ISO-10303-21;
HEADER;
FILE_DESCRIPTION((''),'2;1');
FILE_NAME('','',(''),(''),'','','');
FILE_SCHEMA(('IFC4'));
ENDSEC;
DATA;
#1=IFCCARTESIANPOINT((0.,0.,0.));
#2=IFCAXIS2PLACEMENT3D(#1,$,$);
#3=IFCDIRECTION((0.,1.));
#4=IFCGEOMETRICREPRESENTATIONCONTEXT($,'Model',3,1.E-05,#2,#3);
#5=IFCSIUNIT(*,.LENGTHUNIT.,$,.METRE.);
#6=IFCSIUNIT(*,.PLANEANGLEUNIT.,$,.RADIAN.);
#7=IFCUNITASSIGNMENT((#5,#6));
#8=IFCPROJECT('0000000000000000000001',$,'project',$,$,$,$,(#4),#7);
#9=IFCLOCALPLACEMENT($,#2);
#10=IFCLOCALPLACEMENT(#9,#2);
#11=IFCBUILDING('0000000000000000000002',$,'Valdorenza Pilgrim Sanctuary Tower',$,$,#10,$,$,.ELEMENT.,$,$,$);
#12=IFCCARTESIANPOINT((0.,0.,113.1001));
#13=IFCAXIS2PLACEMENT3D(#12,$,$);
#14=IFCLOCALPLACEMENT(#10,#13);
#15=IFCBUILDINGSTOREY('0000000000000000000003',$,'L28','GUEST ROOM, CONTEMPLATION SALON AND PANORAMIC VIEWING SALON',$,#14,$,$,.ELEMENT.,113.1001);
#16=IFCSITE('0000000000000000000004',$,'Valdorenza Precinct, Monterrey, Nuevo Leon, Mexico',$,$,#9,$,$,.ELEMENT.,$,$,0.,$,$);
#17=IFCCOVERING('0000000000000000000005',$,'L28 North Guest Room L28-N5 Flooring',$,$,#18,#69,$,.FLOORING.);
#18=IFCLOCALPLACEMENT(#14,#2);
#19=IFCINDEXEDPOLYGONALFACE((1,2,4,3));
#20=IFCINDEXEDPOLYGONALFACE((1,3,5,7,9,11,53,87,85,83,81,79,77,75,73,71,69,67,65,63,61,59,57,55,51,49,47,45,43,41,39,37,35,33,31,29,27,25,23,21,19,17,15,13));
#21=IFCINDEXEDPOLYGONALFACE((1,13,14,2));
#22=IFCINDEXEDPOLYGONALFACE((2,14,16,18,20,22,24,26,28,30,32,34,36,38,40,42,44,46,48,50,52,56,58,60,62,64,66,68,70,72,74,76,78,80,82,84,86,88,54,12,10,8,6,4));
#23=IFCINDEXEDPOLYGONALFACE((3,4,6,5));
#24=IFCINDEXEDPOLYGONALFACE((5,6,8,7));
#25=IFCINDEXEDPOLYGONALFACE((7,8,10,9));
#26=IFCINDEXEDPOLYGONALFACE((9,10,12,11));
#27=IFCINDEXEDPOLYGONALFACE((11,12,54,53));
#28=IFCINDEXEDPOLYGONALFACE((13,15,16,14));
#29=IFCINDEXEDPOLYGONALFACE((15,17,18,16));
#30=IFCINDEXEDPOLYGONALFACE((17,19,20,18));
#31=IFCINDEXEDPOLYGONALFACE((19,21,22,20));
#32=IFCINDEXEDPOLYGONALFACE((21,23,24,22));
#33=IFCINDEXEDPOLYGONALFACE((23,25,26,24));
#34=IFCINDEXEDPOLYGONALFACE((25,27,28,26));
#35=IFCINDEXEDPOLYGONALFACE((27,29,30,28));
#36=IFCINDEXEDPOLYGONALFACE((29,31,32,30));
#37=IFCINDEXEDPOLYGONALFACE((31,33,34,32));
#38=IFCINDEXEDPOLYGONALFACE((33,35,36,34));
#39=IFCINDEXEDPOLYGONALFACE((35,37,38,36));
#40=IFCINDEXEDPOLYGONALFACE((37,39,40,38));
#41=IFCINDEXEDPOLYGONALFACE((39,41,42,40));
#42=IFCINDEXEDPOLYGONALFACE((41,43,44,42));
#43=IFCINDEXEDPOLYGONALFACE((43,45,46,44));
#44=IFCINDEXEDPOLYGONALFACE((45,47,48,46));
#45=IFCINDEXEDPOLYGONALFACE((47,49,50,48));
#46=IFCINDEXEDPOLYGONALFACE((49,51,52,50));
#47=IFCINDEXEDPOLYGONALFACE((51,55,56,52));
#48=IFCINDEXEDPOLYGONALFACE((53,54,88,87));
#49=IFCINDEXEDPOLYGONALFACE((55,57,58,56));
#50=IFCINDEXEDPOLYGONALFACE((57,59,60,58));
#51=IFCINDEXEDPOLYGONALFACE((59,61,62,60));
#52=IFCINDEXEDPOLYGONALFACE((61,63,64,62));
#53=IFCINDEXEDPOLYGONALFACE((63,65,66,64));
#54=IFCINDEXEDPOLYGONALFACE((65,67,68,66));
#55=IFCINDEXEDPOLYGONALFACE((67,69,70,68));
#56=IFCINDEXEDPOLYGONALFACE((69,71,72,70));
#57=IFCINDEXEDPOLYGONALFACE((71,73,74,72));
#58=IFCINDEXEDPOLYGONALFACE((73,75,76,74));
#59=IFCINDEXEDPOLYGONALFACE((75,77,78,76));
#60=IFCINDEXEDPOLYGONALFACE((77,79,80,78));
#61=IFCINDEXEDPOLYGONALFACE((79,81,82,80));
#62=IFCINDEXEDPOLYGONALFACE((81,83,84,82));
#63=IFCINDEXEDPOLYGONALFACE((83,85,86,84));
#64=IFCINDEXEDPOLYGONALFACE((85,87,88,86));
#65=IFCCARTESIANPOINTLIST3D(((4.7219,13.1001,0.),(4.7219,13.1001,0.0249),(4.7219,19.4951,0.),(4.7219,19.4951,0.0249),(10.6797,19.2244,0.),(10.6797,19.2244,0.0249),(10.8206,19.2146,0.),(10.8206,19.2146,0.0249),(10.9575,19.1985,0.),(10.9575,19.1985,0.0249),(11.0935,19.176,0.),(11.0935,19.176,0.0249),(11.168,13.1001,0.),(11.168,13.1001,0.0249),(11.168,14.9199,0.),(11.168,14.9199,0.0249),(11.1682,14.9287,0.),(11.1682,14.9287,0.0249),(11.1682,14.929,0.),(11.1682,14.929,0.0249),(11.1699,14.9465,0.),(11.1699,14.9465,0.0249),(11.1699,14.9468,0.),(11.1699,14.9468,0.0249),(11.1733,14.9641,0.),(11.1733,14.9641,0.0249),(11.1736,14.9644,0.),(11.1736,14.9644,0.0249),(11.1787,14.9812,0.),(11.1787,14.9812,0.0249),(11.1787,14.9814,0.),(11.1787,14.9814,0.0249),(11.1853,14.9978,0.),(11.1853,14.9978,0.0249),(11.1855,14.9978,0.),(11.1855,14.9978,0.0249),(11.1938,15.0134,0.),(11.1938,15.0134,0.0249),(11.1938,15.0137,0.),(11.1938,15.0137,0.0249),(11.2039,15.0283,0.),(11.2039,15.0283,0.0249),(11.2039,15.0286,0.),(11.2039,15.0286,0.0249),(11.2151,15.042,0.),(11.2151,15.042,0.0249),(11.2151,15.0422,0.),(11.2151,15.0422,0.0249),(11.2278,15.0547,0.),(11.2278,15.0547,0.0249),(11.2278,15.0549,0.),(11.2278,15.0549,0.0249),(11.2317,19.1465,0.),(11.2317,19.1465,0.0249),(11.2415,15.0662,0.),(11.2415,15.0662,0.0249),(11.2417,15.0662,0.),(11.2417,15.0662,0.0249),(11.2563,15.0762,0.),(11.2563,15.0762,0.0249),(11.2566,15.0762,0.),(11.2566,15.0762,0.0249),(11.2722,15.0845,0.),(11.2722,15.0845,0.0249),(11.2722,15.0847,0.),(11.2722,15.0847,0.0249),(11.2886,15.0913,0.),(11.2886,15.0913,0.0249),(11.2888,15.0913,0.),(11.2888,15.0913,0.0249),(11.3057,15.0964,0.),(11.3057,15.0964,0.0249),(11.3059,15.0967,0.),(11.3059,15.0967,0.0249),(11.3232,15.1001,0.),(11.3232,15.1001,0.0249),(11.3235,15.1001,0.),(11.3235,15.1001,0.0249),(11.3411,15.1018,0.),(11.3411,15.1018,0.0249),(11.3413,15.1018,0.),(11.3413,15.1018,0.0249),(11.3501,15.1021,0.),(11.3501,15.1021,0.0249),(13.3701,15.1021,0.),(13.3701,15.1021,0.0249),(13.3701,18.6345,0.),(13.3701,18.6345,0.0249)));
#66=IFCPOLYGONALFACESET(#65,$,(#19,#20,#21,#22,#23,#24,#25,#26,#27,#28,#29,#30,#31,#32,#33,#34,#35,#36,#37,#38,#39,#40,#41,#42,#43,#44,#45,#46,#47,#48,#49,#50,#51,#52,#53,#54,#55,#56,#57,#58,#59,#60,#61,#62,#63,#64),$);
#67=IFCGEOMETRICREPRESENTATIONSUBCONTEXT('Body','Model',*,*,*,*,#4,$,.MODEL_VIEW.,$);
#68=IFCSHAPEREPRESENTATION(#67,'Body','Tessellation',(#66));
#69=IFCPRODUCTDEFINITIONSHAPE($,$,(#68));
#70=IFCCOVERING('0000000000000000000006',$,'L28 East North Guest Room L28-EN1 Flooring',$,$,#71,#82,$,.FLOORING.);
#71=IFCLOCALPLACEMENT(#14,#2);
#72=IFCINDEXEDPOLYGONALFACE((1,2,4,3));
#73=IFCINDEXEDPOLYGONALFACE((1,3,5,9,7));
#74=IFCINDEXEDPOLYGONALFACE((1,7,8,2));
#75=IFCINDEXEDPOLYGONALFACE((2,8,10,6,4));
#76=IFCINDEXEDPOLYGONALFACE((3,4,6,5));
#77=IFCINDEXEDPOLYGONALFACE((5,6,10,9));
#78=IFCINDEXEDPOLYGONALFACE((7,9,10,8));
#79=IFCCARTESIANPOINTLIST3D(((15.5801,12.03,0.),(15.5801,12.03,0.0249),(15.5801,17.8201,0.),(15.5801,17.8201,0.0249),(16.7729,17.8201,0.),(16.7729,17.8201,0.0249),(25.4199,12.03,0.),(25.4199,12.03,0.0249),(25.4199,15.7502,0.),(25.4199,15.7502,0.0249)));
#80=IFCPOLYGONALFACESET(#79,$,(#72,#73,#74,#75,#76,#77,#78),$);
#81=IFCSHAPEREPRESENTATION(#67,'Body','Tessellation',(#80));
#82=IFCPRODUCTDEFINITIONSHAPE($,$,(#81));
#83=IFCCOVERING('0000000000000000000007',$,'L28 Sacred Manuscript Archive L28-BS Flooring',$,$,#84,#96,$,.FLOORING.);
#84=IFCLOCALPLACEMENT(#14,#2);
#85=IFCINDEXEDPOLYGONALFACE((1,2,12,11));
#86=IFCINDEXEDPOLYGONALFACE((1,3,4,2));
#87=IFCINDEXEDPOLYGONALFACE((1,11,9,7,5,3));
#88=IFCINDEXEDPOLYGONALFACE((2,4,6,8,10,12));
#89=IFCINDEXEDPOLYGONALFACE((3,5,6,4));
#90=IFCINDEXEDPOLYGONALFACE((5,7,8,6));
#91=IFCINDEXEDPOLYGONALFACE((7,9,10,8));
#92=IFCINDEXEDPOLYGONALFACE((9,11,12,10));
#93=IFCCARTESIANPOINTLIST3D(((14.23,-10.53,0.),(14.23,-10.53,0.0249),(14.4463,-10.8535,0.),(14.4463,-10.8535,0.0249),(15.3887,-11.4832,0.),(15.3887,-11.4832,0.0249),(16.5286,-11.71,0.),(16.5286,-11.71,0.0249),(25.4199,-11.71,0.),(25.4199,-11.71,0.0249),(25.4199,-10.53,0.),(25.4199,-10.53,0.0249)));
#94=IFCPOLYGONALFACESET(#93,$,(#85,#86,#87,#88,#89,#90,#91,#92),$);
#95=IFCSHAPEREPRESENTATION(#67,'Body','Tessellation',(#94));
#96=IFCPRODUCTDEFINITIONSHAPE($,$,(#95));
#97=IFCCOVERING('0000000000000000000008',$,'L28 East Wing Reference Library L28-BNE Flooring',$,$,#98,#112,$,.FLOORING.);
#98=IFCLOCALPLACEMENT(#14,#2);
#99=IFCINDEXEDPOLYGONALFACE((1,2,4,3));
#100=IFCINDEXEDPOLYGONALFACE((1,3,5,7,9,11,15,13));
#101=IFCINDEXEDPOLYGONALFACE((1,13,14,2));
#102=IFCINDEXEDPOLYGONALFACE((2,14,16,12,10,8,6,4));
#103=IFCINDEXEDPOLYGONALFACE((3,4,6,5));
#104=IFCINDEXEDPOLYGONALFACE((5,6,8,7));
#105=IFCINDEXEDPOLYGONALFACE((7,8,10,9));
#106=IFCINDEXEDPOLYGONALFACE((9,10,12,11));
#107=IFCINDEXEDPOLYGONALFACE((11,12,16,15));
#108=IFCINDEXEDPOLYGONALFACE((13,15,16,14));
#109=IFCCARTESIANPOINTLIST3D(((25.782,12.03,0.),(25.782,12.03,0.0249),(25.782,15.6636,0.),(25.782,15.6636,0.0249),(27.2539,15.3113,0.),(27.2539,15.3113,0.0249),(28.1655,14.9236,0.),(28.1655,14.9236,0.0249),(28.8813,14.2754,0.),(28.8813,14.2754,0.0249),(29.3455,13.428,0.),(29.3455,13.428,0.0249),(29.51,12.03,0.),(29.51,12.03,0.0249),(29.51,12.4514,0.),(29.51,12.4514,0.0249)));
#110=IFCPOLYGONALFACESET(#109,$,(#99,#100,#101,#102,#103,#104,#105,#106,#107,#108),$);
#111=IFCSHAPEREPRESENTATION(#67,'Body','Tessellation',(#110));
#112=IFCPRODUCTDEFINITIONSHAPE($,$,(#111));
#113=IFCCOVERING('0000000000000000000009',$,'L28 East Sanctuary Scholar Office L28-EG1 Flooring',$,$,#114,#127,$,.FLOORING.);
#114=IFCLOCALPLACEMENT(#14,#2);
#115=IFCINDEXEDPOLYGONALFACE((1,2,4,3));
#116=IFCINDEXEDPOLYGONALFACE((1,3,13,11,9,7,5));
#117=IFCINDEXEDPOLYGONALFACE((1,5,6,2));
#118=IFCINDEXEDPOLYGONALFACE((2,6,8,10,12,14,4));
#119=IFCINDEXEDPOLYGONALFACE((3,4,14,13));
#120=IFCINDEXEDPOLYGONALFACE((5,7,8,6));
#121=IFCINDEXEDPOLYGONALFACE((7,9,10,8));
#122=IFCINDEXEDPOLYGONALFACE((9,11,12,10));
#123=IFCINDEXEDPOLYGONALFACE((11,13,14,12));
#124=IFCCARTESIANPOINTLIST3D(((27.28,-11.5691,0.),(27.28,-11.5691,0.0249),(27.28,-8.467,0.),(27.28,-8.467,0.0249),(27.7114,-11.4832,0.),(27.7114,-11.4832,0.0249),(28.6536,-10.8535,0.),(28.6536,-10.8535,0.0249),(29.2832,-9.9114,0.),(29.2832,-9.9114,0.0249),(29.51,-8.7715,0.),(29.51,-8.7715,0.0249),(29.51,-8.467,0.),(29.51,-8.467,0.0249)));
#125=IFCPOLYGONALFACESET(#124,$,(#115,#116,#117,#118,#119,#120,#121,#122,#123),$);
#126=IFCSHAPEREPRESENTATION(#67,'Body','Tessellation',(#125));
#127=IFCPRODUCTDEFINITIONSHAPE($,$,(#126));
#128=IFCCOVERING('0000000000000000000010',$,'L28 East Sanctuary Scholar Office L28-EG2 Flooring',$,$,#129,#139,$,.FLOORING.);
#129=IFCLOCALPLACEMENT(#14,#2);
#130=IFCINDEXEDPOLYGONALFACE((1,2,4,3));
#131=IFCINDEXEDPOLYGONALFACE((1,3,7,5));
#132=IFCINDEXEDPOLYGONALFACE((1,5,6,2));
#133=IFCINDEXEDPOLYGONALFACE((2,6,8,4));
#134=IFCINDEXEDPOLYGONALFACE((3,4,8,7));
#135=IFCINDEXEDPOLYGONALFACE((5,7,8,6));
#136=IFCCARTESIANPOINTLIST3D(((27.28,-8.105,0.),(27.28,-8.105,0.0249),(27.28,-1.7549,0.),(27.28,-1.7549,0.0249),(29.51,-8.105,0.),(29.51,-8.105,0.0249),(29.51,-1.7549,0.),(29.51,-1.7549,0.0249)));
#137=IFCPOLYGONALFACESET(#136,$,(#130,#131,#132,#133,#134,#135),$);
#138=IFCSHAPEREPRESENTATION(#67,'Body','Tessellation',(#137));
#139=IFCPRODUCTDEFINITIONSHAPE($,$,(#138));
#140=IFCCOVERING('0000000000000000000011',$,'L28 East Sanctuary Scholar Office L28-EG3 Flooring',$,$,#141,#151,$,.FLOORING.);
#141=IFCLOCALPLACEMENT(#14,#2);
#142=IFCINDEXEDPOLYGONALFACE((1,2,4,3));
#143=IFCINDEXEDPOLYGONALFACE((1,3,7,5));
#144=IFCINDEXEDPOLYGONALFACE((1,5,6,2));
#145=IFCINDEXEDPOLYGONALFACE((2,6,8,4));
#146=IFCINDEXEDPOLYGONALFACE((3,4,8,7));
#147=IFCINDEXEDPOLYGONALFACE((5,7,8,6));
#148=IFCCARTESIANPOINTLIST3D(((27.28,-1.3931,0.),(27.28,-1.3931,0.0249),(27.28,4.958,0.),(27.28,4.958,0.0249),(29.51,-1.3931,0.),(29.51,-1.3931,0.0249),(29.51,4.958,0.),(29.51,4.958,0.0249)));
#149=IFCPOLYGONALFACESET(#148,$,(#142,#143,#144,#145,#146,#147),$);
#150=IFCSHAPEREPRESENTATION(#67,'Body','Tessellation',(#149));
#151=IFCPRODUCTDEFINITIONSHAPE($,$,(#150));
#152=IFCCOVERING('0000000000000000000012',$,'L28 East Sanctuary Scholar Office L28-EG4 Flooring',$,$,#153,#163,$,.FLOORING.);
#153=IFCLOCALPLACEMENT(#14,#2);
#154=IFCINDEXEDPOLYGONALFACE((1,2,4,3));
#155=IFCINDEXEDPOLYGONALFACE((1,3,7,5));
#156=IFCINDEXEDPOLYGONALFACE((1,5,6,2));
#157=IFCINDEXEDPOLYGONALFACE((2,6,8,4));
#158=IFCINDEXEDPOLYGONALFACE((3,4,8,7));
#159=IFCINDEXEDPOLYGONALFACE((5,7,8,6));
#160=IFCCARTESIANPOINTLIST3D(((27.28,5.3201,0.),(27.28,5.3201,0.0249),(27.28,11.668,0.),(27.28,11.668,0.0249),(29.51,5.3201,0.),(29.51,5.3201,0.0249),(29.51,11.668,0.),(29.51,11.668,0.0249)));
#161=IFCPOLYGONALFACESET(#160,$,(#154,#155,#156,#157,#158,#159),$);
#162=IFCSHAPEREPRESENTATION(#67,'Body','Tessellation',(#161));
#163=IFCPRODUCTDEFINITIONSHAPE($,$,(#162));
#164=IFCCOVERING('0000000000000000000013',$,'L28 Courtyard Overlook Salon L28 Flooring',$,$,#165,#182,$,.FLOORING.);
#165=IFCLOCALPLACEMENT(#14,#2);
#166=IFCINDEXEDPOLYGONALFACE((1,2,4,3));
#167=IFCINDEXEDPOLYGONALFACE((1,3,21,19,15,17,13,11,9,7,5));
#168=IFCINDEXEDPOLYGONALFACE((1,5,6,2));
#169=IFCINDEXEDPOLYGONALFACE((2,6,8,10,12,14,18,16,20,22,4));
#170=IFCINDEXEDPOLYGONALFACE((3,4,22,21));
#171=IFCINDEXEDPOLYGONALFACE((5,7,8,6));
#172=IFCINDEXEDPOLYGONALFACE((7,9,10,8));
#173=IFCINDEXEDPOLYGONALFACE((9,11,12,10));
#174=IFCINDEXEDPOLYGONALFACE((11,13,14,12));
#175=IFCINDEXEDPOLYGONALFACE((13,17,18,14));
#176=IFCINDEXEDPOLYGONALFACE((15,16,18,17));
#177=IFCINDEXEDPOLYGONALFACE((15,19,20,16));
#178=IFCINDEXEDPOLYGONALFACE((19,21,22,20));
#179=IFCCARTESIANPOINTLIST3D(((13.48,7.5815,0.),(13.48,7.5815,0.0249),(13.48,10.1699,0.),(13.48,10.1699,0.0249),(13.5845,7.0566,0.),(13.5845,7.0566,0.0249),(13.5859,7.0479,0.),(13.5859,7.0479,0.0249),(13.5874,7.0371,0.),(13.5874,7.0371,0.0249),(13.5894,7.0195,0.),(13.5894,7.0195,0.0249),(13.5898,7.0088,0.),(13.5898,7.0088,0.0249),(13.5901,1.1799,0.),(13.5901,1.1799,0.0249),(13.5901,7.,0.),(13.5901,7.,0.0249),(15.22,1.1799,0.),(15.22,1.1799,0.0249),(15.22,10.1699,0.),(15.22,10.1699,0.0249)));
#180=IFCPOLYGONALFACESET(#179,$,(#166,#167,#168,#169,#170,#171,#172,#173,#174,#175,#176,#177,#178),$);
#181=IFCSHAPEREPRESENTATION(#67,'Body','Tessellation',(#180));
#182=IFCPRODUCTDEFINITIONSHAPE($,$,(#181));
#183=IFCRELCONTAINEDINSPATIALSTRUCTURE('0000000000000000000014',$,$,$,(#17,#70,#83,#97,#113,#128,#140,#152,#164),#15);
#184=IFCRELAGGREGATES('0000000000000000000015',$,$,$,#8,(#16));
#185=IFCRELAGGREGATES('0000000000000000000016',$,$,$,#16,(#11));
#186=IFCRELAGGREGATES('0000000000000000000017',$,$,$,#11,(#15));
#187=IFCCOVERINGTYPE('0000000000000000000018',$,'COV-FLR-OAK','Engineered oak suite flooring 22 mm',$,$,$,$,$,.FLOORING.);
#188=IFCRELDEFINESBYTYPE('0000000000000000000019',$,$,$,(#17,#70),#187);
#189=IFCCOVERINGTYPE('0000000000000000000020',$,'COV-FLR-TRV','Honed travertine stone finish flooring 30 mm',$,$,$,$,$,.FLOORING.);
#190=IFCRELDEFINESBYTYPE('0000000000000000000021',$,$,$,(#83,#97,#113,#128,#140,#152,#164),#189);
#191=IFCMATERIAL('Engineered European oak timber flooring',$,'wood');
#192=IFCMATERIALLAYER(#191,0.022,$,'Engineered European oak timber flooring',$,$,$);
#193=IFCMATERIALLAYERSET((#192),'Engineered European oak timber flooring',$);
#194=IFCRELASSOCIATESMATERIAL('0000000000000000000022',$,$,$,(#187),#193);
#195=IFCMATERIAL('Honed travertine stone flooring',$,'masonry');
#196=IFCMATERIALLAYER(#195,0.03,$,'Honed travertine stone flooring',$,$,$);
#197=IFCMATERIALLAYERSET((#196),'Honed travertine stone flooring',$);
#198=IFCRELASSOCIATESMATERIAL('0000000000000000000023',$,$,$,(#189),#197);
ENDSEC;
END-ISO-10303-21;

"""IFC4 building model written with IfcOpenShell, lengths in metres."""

from ifc_helpers import new_model, si_unit, direction, frame, origin, place, context, subcontext, project, spatial, polyline, outline, extrude, material, layer, layer_set, type_object, element, save


model = new_model("IFC4")

# Units and contexts
model_context = context("Model", 3, precision=1e-05, world=origin(), true_north=direction((0.0, 1.0)))
body_context = subcontext(model_context, "Body", "Model", "MODEL_VIEW")
ifc_project = project(units=[si_unit("LENGTHUNIT", "METRE"), si_unit("PLANEANGLEUNIT", "RADIAN")], contexts=[model_context])

# Site, building, storey
site_placement = place(None, origin())
site = spatial("IfcSite", under=ifc_project, at=site_placement, Name="Valdorenza Precinct, Monterrey, Nuevo Leon, Mexico", CompositionType="ELEMENT", RefElevation=0.0)
building_placement = place(site_placement, origin())
building = spatial("IfcBuilding", under=site, at=building_placement, Name="Valdorenza Pilgrim Sanctuary Tower", CompositionType="ELEMENT")
storey_placement = place(building_placement, frame((0.0, 0.0, 113.1001)))
storey = spatial("IfcBuildingStorey", under=building, at=storey_placement, Name="L28", Description="GUEST ROOM, CONTEMPLATION SALON AND PANORAMIC VIEWING SALON", CompositionType="ELEMENT", Elevation=113.1001)

# Coverings
ifc_material_1 = material(Name="Engineered European oak timber flooring", Category="wood")
ifc_layer_1 = layer(ifc_material_1, 0.022, Name="Engineered European oak timber flooring")
ifc_layer_set_1 = layer_set([ifc_layer_1], Name="Engineered European oak timber flooring")
covering_type_1 = type_object("IfcCoveringType", Name="COV-FLR-OAK", Description="Engineered oak suite flooring 22 mm", PredefinedType="FLOORING", material=ifc_layer_set_1)
covering_1_placement = place(storey_placement, origin())
element("IfcCovering", 1, at=covering_1_placement, inside=storey, type_object=covering_type_1, Name="L28 North Guest Room L28-N5 Flooring", PredefinedType="FLOORING", context=body_context, shape_type="SweptSolid", body=[
    extrude(outline(polyline([(10.6797, 19.2244), (10.8206, 19.2146), (10.9575, 19.1985), (11.0935, 19.176), (11.2317, 19.1465), (13.3701, 18.6345), (13.3701, 15.1021), (11.3501, 15.1021), (11.3413, 15.1018), (11.3411, 15.1018), (11.3235, 15.1001), (11.3232, 15.1001), (11.3059, 15.0967), (11.3057, 15.0964), (11.2888, 15.0913), (11.2886, 15.0913), (11.2722, 15.0847), (11.2722, 15.0845), (11.2566, 15.0762), (11.2563, 15.0762), (11.2417, 15.0662), (11.2415, 15.0662), (11.2278, 15.0549), (11.2278, 15.0547), (11.2151, 15.0422), (11.2151, 15.042), (11.2039, 15.0286), (11.2039, 15.0283), (11.1938, 15.0137), (11.1938, 15.0134), (11.1855, 14.9978), (11.1853, 14.9978), (11.1787, 14.9814), (11.1787, 14.9812), (11.1736, 14.9644), (11.1733, 14.9641), (11.1699, 14.9468), (11.1699, 14.9465), (11.1682, 14.929), (11.1682, 14.9287), (11.168, 14.9199), (11.168, 13.1001), (4.7219, 13.1001), (4.7219, 19.4951), (10.6797, 19.2244)])), origin(), (0.0, 0.0, 1.0), 0.0249),
])
covering_2_placement = place(storey_placement, origin())
element("IfcCovering", 2, at=covering_2_placement, inside=storey, type_object=covering_type_1, Name="L28 East North Guest Room L28-EN1 Flooring", PredefinedType="FLOORING", context=body_context, shape_type="SweptSolid", body=[
    extrude(outline(polyline([(16.7729, 17.8201), (25.4199, 15.7502), (25.4199, 12.03), (15.5801, 12.03), (15.5801, 17.8201), (16.7729, 17.8201)])), origin(), (0.0, 0.0, 1.0), 0.0249),
])
ifc_material_2 = material(Name="Honed travertine stone flooring", Category="masonry")
ifc_layer_2 = layer(ifc_material_2, 0.03, Name="Honed travertine stone flooring")
ifc_layer_set_2 = layer_set([ifc_layer_2], Name="Honed travertine stone flooring")
covering_type_2 = type_object("IfcCoveringType", Name="COV-FLR-TRV", Description="Honed travertine stone finish flooring 30 mm", PredefinedType="FLOORING", material=ifc_layer_set_2)
covering_3_placement = place(storey_placement, origin())
element("IfcCovering", 3, at=covering_3_placement, inside=storey, type_object=covering_type_2, Name="L28 Sacred Manuscript Archive L28-BS Flooring", PredefinedType="FLOORING", context=body_context, shape_type="SweptSolid", body=[
    extrude(outline(polyline([(25.4199, -11.71), (16.5286, -11.71), (15.3887, -11.4832), (14.4463, -10.8535), (14.23, -10.53), (25.4199, -10.53), (25.4199, -11.71)])), origin(), (0.0, 0.0, 1.0), 0.0249),
])
covering_4_placement = place(storey_placement, origin())
element("IfcCovering", 4, at=covering_4_placement, inside=storey, type_object=covering_type_2, Name="L28 East Wing Reference Library L28-BNE Flooring", PredefinedType="FLOORING", context=body_context, shape_type="SweptSolid", body=[
    extrude(outline(polyline([(27.2539, 15.3113), (28.1655, 14.9236), (28.8813, 14.2754), (29.3455, 13.428), (29.51, 12.4514), (29.51, 12.03), (25.782, 12.03), (25.782, 15.6636), (27.2539, 15.3113)])), origin(), (0.0, 0.0, 1.0), 0.0249),
])
covering_5_placement = place(storey_placement, origin())
element("IfcCovering", 5, at=covering_5_placement, inside=storey, type_object=covering_type_2, Name="L28 East Sanctuary Scholar Office L28-EG1 Flooring", PredefinedType="FLOORING", context=body_context, shape_type="SweptSolid", body=[
    extrude(outline(polyline([(29.2832, -9.9114), (28.6536, -10.8535), (27.7114, -11.4832), (27.28, -11.5691), (27.28, -8.467), (29.51, -8.467), (29.51, -8.7715), (29.2832, -9.9114)])), origin(), (0.0, 0.0, 1.0), 0.0249),
])
covering_6_placement = place(storey_placement, origin())
element("IfcCovering", 6, at=covering_6_placement, inside=storey, type_object=covering_type_2, Name="L28 East Sanctuary Scholar Office L28-EG2 Flooring", PredefinedType="FLOORING", context=body_context, shape_type="SweptSolid", body=[
    extrude(outline(polyline([(27.28, -1.7549), (29.51, -1.7549), (29.51, -8.105), (27.28, -8.105), (27.28, -1.7549)])), origin(), (0.0, 0.0, 1.0), 0.0249),
])
covering_7_placement = place(storey_placement, origin())
element("IfcCovering", 7, at=covering_7_placement, inside=storey, type_object=covering_type_2, Name="L28 East Sanctuary Scholar Office L28-EG3 Flooring", PredefinedType="FLOORING", context=body_context, shape_type="SweptSolid", body=[
    extrude(outline(polyline([(27.28, 4.958), (29.51, 4.958), (29.51, -1.3931), (27.28, -1.3931), (27.28, 4.958)])), origin(), (0.0, 0.0, 1.0), 0.0249),
])
covering_8_placement = place(storey_placement, origin())
element("IfcCovering", 8, at=covering_8_placement, inside=storey, type_object=covering_type_2, Name="L28 East Sanctuary Scholar Office L28-EG4 Flooring", PredefinedType="FLOORING", context=body_context, shape_type="SweptSolid", body=[
    extrude(outline(polyline([(27.28, 11.668), (29.51, 11.668), (29.51, 5.3201), (27.28, 5.3201), (27.28, 11.668)])), origin(), (0.0, 0.0, 1.0), 0.0249),
])
covering_9_placement = place(storey_placement, origin())
element("IfcCovering", 9, at=covering_9_placement, inside=storey, type_object=covering_type_2, Name="L28 Courtyard Overlook Salon L28 Flooring", PredefinedType="FLOORING", context=body_context, shape_type="SweptSolid", body=[
    extrude(outline(polyline([(15.22, 10.1699), (15.22, 1.1799), (13.5901, 1.1799), (13.5901, 7.0), (13.5898, 7.0088), (13.5894, 7.0195), (13.5874, 7.0371), (13.5859, 7.0479), (13.5845, 7.0566), (13.48, 7.5815), (13.48, 10.1699), (15.22, 10.1699)])), origin(), (0.0, 0.0, 1.0), 0.0249),
])

save(model, "model.ifc")
